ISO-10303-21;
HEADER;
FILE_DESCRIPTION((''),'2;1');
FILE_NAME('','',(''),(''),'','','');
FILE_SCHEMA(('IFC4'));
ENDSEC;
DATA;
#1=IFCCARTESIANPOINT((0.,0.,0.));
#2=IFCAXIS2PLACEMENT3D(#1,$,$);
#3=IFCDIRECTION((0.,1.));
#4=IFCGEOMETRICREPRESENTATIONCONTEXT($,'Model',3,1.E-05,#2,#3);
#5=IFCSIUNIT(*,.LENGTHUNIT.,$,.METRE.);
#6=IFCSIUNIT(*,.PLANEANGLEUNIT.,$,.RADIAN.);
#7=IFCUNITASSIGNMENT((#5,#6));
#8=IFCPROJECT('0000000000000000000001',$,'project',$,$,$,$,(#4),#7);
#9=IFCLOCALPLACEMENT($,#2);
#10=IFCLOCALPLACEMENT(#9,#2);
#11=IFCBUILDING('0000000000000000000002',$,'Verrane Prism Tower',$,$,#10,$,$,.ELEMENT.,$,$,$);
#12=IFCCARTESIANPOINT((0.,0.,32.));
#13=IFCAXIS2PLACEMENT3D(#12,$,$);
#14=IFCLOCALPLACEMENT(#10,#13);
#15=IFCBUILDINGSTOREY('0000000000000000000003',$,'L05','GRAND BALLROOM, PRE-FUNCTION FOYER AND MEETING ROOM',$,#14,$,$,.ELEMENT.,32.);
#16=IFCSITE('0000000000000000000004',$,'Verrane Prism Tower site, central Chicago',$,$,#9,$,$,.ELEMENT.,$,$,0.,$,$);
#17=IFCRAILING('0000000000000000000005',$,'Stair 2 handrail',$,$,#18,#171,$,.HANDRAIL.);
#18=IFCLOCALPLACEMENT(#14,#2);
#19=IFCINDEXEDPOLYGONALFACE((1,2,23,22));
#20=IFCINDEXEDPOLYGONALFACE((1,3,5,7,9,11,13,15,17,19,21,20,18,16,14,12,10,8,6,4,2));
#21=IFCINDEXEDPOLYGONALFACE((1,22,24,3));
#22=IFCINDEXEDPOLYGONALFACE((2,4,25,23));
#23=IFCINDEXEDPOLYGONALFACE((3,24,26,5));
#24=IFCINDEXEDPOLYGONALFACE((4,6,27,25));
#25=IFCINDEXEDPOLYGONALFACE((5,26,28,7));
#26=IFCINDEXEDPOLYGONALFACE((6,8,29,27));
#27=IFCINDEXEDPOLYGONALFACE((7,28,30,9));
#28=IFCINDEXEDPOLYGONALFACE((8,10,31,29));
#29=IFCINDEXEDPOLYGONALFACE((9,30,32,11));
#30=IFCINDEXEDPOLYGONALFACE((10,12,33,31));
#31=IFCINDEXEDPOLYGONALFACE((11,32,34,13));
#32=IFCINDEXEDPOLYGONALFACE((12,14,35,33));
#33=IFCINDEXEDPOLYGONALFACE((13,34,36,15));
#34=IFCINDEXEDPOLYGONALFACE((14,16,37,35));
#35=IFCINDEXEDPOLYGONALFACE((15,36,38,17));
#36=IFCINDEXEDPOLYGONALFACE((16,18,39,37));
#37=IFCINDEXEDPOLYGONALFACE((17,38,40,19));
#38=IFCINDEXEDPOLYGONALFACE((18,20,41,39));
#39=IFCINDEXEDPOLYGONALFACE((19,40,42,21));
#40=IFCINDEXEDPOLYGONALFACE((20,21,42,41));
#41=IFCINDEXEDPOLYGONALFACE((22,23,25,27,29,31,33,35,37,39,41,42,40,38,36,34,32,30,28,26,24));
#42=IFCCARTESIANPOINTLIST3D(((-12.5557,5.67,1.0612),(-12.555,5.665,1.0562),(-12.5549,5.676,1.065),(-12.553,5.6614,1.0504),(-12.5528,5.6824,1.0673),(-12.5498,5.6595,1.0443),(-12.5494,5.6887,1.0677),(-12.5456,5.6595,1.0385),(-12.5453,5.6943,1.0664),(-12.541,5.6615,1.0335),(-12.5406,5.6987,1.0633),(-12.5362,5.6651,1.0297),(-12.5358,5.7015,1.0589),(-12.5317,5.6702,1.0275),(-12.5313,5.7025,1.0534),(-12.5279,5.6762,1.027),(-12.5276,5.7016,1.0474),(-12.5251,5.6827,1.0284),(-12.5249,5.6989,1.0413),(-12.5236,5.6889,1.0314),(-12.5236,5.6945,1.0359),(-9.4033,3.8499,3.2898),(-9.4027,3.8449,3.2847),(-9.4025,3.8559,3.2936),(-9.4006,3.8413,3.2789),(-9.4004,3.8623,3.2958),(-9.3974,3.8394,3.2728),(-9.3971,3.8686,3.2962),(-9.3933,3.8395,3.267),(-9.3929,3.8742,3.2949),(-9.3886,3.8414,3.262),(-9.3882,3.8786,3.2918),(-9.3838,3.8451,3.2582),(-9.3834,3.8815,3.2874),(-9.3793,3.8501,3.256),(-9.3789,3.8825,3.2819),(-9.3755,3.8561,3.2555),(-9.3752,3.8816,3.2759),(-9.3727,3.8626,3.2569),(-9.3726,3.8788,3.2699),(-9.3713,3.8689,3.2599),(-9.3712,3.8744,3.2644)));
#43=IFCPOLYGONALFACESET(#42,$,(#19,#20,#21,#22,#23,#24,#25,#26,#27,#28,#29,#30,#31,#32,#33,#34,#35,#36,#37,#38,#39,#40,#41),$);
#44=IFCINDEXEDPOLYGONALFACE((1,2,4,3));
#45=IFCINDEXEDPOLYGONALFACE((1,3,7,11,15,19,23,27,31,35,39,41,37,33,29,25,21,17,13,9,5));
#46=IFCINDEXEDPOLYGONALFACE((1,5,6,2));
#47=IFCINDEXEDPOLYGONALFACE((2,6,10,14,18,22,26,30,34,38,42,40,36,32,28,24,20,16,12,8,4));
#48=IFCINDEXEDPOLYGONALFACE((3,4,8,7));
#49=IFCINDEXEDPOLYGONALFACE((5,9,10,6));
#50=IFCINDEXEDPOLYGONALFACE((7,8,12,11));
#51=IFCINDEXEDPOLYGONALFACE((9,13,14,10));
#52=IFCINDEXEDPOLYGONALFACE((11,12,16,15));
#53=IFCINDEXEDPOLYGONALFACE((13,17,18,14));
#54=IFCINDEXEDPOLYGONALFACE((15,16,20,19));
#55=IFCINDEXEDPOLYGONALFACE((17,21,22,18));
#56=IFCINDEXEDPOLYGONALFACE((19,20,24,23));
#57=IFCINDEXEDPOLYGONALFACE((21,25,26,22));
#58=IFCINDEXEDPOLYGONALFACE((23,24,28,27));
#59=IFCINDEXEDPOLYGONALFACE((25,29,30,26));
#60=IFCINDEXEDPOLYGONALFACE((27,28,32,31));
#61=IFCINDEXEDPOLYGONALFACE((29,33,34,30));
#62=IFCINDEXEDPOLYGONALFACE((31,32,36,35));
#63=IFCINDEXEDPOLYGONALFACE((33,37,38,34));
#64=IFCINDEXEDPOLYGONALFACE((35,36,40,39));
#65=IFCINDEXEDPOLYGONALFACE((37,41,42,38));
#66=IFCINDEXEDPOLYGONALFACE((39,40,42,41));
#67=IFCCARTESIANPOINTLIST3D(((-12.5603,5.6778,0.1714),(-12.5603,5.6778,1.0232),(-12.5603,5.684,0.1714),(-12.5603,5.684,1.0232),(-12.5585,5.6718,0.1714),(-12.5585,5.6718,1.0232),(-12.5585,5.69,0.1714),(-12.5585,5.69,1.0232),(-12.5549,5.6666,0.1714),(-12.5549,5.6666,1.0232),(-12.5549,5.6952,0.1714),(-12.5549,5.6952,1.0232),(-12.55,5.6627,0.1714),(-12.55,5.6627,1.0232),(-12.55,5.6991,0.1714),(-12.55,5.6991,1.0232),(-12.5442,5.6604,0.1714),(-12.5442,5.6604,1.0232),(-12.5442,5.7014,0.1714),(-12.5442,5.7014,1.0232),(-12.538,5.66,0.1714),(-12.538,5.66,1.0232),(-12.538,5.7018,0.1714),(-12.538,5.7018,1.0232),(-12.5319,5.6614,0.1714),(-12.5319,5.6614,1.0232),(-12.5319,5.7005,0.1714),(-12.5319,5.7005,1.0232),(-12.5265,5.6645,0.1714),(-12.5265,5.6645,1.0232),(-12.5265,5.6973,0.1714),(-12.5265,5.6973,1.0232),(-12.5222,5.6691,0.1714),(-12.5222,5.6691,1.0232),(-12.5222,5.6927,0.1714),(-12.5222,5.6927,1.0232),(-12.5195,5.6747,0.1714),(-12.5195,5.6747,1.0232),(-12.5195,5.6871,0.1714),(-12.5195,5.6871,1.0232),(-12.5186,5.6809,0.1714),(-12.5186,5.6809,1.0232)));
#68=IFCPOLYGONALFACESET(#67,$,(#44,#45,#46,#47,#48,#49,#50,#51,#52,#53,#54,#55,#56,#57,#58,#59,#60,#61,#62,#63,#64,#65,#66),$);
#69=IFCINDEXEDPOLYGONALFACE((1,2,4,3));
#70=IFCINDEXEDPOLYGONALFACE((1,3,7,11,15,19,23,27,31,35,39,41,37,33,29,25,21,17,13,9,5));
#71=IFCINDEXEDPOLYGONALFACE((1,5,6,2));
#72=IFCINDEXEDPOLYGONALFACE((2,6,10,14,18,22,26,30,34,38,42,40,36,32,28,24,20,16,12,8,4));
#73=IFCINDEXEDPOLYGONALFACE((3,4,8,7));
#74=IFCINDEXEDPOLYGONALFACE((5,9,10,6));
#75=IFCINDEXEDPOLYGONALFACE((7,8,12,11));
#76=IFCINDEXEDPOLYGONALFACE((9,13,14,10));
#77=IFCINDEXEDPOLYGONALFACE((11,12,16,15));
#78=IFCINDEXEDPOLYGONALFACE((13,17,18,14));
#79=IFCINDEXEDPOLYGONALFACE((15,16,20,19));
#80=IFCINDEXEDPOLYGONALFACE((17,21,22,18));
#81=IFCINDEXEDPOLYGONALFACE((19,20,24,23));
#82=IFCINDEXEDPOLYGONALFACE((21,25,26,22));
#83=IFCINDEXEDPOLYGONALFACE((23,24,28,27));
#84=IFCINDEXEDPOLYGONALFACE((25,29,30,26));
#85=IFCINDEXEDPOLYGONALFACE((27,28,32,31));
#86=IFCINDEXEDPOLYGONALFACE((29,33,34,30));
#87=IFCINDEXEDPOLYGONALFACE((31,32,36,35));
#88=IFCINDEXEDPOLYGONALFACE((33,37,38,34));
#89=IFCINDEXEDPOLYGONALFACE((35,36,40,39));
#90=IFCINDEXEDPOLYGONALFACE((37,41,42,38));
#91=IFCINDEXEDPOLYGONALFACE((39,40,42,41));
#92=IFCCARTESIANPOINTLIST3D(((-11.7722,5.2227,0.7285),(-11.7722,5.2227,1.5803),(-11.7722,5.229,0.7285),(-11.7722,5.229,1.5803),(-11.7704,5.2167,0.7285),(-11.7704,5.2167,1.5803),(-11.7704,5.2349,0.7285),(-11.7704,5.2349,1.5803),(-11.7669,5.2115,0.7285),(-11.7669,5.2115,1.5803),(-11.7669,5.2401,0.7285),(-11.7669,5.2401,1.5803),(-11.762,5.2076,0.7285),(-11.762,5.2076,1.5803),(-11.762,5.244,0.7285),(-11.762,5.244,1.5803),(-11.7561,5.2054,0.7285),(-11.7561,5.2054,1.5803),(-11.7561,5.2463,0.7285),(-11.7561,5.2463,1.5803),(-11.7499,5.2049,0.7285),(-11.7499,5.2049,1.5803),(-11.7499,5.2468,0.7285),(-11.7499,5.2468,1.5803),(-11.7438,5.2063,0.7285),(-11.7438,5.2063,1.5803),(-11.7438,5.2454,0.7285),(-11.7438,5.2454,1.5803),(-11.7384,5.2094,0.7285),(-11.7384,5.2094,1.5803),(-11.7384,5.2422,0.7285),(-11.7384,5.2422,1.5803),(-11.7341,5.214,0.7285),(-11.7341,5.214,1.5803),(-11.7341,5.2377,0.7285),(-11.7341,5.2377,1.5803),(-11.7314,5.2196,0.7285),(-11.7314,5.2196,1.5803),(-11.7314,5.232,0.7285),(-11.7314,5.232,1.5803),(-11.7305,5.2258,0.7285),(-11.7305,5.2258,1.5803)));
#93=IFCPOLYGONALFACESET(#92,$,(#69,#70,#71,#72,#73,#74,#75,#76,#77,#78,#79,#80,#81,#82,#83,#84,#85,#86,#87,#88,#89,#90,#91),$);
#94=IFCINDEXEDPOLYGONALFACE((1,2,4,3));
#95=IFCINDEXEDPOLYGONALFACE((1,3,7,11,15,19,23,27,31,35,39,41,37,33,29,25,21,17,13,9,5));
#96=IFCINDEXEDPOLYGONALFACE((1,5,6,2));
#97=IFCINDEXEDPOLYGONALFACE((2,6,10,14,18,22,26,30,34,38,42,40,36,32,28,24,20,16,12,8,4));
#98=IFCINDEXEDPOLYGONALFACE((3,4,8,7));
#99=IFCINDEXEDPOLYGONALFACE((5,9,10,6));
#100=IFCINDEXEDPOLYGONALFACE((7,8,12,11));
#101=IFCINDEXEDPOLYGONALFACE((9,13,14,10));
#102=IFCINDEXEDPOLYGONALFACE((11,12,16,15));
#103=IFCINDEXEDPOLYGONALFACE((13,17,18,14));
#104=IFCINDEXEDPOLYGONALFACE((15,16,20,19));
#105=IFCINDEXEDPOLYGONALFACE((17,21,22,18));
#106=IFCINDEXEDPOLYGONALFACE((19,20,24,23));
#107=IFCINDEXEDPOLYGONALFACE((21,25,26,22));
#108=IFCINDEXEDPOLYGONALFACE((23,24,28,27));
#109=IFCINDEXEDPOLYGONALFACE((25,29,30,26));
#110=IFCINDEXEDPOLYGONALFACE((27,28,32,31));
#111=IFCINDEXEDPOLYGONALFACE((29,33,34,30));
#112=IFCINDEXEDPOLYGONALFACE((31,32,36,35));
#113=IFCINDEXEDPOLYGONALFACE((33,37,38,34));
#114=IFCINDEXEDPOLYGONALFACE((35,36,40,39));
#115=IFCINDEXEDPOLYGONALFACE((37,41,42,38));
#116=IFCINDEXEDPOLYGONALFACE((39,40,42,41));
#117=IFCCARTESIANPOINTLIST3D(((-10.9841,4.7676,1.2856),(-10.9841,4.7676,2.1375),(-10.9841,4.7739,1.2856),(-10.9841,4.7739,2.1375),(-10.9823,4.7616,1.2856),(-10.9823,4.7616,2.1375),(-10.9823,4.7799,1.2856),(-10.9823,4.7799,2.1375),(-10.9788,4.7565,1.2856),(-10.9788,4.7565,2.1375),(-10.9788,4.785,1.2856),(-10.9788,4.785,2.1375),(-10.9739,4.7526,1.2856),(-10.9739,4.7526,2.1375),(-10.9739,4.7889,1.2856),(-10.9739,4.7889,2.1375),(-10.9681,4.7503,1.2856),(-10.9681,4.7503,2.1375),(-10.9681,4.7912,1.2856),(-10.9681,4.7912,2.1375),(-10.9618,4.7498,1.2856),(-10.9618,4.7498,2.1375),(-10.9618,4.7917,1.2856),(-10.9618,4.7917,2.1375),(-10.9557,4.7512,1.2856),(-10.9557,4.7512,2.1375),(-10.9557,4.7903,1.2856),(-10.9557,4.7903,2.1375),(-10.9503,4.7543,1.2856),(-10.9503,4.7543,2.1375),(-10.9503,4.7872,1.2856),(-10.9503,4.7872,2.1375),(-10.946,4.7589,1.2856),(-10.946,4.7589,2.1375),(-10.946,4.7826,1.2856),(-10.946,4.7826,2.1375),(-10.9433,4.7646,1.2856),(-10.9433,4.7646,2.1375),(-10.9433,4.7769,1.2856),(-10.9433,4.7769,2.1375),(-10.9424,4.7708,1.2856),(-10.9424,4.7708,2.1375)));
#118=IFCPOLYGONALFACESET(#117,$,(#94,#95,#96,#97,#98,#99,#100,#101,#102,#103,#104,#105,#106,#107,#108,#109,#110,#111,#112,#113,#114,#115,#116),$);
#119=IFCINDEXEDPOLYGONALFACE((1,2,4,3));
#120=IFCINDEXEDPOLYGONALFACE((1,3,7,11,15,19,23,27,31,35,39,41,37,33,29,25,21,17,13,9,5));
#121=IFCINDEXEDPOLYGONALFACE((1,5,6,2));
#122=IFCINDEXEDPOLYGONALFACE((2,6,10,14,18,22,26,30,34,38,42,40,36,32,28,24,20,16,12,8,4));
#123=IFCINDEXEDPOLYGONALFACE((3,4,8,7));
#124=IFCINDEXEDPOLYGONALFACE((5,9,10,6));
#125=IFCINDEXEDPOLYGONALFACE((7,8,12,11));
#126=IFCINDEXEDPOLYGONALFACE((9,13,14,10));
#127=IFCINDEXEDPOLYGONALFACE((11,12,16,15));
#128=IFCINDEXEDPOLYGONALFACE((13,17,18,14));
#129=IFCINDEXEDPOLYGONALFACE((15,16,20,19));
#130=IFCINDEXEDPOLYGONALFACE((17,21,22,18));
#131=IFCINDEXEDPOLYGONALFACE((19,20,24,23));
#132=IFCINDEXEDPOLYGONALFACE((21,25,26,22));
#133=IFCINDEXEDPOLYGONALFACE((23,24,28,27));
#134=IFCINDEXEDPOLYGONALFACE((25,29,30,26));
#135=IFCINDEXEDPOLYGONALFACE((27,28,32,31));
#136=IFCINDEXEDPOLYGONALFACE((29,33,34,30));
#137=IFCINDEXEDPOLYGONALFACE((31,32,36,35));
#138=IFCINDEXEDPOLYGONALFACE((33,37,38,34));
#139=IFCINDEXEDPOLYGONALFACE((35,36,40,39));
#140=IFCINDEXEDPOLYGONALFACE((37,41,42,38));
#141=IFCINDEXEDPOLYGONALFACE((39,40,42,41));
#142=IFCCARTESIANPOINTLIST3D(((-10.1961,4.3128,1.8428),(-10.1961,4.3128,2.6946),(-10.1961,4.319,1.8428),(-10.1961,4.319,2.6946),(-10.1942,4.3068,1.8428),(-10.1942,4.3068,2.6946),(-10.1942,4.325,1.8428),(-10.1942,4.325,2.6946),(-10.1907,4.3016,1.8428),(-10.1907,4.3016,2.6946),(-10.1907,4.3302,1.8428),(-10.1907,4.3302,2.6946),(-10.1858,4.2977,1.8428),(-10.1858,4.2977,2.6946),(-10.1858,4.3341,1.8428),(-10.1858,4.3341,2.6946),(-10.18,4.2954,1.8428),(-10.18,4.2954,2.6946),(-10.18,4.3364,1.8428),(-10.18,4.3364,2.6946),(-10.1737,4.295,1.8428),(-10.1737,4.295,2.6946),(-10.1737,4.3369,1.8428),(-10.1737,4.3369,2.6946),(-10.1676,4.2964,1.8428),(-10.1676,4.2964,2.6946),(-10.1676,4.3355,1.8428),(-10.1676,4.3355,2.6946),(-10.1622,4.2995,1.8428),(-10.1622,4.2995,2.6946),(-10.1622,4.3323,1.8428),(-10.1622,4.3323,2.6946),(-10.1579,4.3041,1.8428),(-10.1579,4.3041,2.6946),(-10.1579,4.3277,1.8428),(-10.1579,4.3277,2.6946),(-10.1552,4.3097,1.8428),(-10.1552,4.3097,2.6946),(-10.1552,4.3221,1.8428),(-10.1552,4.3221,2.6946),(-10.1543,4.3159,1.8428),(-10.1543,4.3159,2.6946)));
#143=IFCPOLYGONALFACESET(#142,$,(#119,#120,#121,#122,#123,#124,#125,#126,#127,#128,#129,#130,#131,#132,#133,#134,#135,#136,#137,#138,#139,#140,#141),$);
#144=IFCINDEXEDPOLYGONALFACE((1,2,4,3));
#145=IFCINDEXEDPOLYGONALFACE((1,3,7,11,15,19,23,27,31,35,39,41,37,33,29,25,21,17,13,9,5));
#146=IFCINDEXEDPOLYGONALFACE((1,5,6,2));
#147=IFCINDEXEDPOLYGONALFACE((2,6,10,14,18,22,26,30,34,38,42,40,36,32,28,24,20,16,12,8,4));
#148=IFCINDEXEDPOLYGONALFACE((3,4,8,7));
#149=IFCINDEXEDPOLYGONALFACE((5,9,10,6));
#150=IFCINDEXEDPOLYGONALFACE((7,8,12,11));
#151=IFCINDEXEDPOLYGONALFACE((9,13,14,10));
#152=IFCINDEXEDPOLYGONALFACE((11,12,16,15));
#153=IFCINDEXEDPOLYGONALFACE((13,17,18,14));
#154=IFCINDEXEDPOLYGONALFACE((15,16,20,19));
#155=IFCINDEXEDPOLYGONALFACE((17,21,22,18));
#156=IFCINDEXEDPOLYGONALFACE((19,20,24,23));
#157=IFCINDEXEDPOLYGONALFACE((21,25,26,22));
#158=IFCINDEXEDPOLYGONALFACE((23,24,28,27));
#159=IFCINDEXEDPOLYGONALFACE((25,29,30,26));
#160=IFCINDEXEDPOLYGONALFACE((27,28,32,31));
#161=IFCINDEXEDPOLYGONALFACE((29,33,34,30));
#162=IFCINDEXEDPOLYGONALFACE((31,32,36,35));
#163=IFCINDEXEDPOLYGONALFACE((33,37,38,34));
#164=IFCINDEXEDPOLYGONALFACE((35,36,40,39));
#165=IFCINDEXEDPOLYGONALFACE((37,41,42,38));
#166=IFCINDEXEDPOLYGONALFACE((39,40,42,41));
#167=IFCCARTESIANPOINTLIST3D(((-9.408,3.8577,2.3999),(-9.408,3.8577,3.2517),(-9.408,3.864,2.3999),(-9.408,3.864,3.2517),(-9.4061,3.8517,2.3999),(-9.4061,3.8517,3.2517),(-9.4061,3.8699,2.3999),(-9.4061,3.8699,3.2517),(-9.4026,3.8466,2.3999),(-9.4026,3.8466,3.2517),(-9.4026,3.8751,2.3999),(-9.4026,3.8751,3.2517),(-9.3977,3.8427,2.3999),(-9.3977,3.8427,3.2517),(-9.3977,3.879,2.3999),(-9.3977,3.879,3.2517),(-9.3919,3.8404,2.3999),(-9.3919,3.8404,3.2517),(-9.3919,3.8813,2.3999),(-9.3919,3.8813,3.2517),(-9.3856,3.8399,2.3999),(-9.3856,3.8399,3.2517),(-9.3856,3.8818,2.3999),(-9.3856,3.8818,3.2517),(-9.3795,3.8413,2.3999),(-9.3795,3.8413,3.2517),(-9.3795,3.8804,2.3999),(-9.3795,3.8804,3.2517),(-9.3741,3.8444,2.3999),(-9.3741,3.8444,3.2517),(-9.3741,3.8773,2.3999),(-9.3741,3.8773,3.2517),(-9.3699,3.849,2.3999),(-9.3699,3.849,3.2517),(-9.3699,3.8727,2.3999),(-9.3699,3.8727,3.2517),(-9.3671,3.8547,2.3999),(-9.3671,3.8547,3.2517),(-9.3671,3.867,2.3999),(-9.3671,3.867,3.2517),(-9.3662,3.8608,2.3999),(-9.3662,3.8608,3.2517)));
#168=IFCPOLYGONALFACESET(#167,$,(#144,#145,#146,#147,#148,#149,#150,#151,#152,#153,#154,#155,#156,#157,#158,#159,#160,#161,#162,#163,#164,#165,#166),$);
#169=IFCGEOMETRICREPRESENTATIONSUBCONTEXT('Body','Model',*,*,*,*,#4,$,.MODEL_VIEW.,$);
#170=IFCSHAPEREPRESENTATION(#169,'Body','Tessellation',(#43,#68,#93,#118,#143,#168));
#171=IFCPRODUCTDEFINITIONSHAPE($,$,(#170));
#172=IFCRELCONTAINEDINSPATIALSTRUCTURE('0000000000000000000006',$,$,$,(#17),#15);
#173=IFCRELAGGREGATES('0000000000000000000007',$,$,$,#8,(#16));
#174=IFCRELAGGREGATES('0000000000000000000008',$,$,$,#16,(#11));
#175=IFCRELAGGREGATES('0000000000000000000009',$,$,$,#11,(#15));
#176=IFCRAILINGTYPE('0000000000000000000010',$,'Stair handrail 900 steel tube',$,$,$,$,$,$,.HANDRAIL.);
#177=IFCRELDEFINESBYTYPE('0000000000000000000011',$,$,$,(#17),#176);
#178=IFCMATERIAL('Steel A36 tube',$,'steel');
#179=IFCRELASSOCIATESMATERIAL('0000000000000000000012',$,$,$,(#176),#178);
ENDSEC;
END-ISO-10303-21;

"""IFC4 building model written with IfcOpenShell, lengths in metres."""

from ifc_helpers import new_model, si_unit, direction, frame, origin, origin_2d, place, context, subcontext, project, spatial, circle, extrude, material, type_object, element, save


model = new_model("IFC4")

# Units and contexts
model_context = context("Model", 3, precision=1e-05, world=origin(), true_north=direction((0.0, 1.0)))
body_context = subcontext(model_context, "Body", "Model", "MODEL_VIEW")
ifc_project = project(units=[si_unit("LENGTHUNIT", "METRE"), si_unit("PLANEANGLEUNIT", "RADIAN")], contexts=[model_context])

# Site, building, storey
site_placement = place(None, origin())
site = spatial("IfcSite", under=ifc_project, at=site_placement, Name="Verrane Prism Tower site, central Chicago", CompositionType="ELEMENT", RefElevation=0.0)
building_placement = place(site_placement, origin())
building = spatial("IfcBuilding", under=site, at=building_placement, Name="Verrane Prism Tower", CompositionType="ELEMENT")
storey_placement = place(building_placement, frame((0.0, 0.0, 32.0)))
storey = spatial("IfcBuildingStorey", under=building, at=storey_placement, Name="L05", Description="GRAND BALLROOM, PRE-FUNCTION FOYER AND MEETING ROOM", CompositionType="ELEMENT", Elevation=32.0)

# Railing
ifc_material_1 = material(Name="Steel A36 tube", Category="steel")
railing_type = type_object("IfcRailingType", Name="Stair handrail 900 steel tube", PredefinedType="HANDRAIL", material=ifc_material_1)
railing_1_placement = place(storey_placement, frame((-12.5396, 5.6809, 0.1714)))
element("IfcRailing", 1, at=railing_1_placement, inside=storey, type_object=railing_type, Name="Stair 2 handrail", PredefinedType="HANDRAIL", context=body_context, shape_type="SweptSolid", body=[
    extrude(circle(Radius=0.0239, at=origin_2d()), frame((0.0, 0.0, 0.876), z_axis=(0.738592, -0.426441, 0.52214), x_axis=(0.500013, 0.866018, 0.0)), (0.0, 0.0, 1.0), 4.2681),
    extrude(circle(Radius=0.021, at=origin_2d()), origin(), (0.0, 0.0, 1.0), 0.8518),
    extrude(circle(Radius=0.021, at=origin_2d()), frame((0.7881, -0.4551, 0.5571)), (0.0, 0.0, 1.0), 0.8518),
    extrude(circle(Radius=0.021, at=origin_2d()), frame((1.5762, -0.9102, 1.1143)), (0.0, 0.0, 1.0), 0.8518),
    extrude(circle(Radius=0.021, at=origin_2d()), frame((2.3643, -1.365, 1.6714)), (0.0, 0.0, 1.0), 0.8518),
    extrude(circle(Radius=0.021, at=origin_2d()), frame((3.1523, -1.8201, 2.2285)), (0.0, 0.0, 1.0), 0.8518),
])

save(model, "model.ifc")
